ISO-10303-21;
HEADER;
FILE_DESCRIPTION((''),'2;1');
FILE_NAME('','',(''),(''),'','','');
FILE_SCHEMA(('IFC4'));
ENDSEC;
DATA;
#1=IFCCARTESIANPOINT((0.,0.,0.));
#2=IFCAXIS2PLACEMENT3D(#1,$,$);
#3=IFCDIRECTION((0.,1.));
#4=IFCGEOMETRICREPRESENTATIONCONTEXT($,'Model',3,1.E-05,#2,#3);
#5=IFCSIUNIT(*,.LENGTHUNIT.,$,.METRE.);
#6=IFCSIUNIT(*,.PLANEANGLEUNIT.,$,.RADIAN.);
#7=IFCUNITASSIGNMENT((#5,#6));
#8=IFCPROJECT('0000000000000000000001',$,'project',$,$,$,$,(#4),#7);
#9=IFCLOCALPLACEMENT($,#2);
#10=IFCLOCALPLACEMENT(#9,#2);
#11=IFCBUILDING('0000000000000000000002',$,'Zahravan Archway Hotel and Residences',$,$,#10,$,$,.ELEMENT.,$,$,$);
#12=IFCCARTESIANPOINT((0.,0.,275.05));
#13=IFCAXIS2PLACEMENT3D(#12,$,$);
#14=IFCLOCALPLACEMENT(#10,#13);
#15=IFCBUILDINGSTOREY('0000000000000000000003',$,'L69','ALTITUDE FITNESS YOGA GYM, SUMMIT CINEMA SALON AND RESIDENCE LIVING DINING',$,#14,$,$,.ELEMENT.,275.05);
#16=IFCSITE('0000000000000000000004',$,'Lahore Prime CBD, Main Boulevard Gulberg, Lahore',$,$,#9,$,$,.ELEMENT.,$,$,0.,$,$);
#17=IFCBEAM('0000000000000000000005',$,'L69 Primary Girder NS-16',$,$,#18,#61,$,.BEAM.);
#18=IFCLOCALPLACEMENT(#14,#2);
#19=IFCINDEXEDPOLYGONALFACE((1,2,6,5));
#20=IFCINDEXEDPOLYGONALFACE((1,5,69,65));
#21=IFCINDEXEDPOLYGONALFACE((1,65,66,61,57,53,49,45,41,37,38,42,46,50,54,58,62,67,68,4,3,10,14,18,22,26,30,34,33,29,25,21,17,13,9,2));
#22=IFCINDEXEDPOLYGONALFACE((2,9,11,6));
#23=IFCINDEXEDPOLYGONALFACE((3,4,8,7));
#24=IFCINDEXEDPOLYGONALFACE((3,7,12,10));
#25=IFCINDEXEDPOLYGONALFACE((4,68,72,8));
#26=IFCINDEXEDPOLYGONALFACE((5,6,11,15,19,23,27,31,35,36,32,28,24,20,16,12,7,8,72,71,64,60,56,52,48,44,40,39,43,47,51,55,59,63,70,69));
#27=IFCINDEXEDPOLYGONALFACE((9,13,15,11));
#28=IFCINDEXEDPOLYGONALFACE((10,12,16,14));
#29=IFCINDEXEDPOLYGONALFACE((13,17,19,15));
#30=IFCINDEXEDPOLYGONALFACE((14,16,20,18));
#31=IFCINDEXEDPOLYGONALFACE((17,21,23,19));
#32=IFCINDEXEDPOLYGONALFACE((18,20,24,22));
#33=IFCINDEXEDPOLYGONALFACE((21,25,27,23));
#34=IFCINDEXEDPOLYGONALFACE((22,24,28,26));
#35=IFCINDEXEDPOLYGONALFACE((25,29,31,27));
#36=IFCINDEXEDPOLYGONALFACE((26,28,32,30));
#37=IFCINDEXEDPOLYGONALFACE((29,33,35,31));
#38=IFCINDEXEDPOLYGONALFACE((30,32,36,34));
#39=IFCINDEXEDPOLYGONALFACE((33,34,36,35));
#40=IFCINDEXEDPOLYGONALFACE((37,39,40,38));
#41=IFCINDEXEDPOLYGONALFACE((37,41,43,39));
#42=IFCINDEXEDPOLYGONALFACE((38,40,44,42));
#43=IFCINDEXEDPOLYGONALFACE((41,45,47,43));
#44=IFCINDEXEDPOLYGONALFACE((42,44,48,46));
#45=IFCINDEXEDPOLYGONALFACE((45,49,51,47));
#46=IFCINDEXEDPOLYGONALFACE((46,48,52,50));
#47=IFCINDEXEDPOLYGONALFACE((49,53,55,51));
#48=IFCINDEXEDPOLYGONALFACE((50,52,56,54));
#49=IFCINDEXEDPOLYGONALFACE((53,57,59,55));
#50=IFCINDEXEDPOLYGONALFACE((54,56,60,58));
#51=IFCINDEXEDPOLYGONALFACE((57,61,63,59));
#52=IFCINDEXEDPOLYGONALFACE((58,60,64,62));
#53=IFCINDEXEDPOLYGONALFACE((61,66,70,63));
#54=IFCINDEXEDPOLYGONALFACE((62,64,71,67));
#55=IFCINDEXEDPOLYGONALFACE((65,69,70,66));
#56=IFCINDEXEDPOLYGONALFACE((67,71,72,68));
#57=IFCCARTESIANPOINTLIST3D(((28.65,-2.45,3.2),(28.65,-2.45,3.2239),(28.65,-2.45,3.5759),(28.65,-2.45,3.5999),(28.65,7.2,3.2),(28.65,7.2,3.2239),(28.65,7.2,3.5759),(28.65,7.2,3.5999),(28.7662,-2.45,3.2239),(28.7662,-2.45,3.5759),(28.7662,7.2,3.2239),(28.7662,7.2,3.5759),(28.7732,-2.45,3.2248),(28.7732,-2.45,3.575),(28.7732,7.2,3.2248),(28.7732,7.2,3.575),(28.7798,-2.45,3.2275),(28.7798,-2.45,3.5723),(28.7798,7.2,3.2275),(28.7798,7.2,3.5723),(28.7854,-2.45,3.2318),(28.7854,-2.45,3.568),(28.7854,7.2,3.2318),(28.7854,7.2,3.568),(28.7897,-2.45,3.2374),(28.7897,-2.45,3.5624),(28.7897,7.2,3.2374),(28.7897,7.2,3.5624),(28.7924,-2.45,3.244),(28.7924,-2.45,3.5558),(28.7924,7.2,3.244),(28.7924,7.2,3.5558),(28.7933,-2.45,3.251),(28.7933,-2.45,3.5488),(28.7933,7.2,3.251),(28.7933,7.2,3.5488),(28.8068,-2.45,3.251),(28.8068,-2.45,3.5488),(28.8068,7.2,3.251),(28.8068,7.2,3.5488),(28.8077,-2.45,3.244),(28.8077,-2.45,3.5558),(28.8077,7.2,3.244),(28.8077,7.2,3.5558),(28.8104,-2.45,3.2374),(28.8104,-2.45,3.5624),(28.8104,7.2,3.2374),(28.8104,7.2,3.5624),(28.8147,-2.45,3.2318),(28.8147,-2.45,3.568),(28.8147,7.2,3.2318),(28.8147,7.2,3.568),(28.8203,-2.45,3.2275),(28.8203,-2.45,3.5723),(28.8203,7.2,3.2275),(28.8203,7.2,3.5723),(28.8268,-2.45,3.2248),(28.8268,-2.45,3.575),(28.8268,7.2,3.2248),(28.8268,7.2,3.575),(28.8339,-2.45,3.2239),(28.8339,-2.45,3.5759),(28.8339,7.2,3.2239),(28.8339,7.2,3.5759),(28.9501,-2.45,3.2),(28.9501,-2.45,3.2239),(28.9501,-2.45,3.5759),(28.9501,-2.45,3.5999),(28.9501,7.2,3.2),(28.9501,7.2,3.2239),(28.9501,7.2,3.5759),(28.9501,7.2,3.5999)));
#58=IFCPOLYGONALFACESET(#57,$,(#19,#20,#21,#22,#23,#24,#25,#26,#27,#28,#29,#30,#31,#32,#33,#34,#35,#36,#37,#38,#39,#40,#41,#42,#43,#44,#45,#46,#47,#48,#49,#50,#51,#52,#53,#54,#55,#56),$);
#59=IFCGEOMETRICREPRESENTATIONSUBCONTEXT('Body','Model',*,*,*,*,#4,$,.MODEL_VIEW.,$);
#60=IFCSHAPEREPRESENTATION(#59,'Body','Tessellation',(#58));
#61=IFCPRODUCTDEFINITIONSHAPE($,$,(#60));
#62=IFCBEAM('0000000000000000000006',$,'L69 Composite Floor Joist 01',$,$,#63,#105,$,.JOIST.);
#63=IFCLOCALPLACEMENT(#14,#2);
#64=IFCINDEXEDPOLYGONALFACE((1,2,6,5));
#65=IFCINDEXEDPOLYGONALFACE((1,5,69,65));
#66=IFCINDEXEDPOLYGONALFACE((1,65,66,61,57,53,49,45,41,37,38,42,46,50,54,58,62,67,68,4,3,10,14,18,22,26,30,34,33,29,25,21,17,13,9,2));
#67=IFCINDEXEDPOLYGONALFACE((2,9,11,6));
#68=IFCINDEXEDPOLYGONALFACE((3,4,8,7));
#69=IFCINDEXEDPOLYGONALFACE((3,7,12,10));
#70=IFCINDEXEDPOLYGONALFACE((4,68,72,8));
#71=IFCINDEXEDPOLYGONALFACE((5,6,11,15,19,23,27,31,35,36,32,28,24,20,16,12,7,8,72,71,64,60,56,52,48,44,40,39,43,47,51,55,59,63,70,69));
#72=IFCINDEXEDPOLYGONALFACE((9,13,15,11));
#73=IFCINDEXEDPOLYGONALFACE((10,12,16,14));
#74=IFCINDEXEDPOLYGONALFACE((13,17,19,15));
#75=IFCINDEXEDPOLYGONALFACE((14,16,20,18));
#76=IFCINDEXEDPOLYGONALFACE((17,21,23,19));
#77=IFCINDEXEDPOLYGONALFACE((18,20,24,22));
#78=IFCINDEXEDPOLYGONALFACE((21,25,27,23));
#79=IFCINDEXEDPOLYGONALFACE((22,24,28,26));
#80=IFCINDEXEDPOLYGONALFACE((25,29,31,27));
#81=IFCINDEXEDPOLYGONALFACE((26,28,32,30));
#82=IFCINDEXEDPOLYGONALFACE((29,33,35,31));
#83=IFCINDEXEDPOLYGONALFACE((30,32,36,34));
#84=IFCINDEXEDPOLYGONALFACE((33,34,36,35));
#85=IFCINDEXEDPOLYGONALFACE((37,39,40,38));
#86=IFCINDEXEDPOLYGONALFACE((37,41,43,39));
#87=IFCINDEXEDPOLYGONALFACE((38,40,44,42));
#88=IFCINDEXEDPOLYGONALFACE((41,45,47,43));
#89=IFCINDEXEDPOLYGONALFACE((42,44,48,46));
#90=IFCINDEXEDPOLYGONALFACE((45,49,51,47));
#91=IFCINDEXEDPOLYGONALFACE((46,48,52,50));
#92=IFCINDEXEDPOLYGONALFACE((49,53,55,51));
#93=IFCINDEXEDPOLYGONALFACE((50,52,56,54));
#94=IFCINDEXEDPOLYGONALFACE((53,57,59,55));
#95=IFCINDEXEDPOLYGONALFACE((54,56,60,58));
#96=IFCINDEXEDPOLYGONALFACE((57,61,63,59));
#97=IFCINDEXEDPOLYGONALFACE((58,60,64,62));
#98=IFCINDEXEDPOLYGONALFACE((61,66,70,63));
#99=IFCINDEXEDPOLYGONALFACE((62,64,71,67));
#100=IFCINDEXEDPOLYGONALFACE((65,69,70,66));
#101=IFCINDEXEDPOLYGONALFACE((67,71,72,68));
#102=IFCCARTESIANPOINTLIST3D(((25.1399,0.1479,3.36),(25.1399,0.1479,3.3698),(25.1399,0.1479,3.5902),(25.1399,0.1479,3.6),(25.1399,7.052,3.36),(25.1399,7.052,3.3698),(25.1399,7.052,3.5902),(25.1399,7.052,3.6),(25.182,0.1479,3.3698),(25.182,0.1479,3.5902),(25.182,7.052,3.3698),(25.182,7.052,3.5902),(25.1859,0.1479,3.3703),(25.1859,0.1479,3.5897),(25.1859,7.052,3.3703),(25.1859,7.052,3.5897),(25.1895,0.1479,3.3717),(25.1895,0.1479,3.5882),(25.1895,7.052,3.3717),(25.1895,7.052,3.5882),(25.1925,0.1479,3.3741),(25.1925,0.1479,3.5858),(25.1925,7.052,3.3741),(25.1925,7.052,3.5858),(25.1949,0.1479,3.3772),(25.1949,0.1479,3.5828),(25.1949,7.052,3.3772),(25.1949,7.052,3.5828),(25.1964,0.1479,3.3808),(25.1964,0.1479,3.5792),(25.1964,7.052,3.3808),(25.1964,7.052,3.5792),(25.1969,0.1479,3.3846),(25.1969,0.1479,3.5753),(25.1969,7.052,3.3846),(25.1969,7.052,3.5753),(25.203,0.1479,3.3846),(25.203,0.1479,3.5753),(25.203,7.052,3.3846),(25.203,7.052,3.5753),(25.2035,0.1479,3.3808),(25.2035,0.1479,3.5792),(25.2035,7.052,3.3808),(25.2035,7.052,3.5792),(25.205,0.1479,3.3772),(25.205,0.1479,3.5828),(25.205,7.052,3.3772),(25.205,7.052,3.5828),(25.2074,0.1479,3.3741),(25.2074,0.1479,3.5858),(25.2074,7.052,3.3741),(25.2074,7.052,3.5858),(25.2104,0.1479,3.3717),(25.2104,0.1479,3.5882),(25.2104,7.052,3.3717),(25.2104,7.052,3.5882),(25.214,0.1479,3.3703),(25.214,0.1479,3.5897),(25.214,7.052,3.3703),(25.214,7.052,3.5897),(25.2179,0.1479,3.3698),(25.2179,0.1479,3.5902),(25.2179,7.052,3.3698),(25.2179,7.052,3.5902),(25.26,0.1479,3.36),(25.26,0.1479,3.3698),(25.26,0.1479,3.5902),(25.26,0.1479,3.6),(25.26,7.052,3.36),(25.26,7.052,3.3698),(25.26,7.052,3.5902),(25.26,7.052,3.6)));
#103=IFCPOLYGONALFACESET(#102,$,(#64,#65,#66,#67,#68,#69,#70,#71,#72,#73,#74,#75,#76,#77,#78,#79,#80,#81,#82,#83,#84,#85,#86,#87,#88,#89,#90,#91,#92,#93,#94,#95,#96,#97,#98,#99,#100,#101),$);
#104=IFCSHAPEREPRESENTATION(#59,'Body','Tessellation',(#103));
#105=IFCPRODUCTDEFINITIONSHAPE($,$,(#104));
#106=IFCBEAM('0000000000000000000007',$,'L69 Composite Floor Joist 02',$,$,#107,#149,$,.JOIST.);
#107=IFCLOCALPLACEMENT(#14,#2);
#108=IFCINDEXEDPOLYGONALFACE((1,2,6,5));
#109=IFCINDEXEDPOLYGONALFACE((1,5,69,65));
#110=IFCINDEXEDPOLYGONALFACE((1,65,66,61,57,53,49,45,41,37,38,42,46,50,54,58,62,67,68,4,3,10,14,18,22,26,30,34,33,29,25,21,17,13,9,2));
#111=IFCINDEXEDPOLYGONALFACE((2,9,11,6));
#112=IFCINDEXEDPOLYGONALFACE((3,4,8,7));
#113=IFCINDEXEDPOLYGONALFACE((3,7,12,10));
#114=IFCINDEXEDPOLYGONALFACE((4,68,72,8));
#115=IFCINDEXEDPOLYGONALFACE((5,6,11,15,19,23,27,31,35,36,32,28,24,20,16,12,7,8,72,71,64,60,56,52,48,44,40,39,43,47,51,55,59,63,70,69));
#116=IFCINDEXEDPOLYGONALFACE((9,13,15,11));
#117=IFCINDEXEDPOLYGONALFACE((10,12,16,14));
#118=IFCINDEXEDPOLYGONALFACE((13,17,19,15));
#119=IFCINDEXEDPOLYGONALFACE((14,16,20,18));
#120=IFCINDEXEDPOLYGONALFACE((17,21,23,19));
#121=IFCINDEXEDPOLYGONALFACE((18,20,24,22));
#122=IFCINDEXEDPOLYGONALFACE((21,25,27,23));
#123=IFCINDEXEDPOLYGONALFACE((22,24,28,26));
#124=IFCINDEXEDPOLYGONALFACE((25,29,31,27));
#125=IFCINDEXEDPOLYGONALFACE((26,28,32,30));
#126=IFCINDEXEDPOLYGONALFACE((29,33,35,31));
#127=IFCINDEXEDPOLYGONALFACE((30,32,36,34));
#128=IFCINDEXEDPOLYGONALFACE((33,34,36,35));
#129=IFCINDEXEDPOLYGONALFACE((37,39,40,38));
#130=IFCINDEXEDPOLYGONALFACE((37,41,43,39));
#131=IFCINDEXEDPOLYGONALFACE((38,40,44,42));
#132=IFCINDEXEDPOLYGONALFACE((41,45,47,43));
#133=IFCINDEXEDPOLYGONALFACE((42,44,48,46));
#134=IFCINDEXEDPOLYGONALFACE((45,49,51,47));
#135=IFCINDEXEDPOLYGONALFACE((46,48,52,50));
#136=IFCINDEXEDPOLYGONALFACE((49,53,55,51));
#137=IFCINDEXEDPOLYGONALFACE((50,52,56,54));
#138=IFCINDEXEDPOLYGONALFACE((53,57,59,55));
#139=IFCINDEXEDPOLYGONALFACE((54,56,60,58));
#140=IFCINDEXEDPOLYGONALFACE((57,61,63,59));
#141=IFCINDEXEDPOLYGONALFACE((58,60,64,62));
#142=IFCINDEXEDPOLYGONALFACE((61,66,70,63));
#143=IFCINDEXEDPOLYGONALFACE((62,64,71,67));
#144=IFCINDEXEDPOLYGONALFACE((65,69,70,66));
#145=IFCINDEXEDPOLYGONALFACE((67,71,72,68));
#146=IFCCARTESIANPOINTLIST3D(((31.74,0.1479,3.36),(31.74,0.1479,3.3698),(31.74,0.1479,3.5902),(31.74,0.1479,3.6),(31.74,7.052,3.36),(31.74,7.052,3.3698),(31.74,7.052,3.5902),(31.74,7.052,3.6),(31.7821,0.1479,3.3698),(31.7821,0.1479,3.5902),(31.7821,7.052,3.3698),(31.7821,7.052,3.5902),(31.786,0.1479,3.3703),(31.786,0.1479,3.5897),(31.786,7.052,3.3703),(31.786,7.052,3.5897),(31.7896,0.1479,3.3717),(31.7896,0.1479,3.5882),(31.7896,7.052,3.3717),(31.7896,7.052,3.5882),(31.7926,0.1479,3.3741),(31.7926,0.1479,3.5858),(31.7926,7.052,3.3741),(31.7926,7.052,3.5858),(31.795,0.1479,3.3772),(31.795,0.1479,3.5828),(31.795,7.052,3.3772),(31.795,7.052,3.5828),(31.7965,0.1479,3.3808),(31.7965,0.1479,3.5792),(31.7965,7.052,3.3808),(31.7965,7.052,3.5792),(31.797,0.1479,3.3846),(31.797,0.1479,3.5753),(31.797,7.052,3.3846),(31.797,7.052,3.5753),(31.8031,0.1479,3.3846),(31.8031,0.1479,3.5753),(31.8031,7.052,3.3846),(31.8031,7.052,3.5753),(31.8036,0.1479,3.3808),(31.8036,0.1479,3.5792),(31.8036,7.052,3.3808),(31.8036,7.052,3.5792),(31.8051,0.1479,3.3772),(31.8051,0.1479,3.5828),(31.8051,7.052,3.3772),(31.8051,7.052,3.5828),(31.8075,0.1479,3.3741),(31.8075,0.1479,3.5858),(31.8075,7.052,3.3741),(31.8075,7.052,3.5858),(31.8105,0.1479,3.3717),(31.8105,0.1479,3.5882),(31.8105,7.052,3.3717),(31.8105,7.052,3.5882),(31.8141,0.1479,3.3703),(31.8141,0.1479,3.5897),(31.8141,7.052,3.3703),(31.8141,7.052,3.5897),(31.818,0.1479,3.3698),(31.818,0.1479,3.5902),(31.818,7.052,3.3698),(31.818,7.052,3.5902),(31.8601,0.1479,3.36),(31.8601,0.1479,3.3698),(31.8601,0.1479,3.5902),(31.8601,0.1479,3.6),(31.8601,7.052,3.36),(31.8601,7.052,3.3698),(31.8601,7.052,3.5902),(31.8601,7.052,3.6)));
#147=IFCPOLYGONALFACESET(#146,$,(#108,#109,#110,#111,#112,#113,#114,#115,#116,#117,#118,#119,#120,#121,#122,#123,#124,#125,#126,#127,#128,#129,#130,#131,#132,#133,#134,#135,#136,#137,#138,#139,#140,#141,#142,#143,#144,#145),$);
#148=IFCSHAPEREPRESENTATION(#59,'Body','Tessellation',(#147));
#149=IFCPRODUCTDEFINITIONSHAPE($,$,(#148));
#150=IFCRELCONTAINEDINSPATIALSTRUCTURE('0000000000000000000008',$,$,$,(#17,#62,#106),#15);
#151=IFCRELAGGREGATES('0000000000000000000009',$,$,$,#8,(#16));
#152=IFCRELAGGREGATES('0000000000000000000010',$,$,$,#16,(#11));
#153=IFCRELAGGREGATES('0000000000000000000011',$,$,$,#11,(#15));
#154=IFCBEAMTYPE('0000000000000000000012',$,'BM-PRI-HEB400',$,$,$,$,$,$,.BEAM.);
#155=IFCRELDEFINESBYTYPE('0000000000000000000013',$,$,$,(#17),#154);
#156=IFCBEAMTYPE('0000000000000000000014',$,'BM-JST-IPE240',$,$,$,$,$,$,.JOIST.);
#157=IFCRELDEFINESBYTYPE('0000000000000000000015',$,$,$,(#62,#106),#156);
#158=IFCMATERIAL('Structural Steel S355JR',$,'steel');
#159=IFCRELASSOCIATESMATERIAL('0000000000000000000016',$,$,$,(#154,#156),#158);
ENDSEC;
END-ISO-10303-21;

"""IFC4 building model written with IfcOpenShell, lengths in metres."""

from ifc_helpers import new_model, si_unit, direction, frame, origin, origin_2d, place, context, subcontext, project, spatial, i_section, extrude, source, transform, mapped, material, material_profile, profile_set, type_object, type_shapes, element, save


model = new_model("IFC4")

# Units and contexts
model_context = context("Model", 3, precision=1e-05, world=origin(), true_north=direction((0.0, 1.0)))
body_context = subcontext(model_context, "Body", "Model", "MODEL_VIEW")
ifc_project = project(units=[si_unit("LENGTHUNIT", "METRE"), si_unit("PLANEANGLEUNIT", "RADIAN")], contexts=[model_context])

# Site, building, storey
site_placement = place(None, origin())
site = spatial("IfcSite", under=ifc_project, at=site_placement, Name="Lahore Prime CBD, Main Boulevard Gulberg, Lahore", CompositionType="ELEMENT", RefElevation=0.0)
building_placement = place(site_placement, origin())
building = spatial("IfcBuilding", under=site, at=building_placement, Name="Zahravan Archway Hotel and Residences", CompositionType="ELEMENT")
storey_placement = place(building_placement, frame((0.0, 0.0, 275.05)))
storey = spatial("IfcBuildingStorey", under=building, at=storey_placement, Name="L69", Description="ALTITUDE FITNESS YOGA GYM, SUMMIT CINEMA SALON AND RESIDENCE LIVING DINING", CompositionType="ELEMENT", Elevation=275.05)

# Beams
ifc_material_1 = material(Name="Structural Steel S355JR", Category="steel")
ifc_material_profile_1 = material_profile(ifc_material_1, i_section(OverallWidth=0.3, OverallDepth=0.3999, WebThickness=0.0134, FlangeThickness=0.0239, FilletRadius=0.0271, at=origin_2d()), Name="HEB 400", Category="steel")
ifc_profile_set_1 = profile_set([ifc_material_profile_1], Name="Structural Steel S355JR")
beam_type_1 = type_object("IfcBeamType", Name="BM-PRI-HEB400", PredefinedType="BEAM", material=ifc_profile_set_1)
shared_shape_1 = source(origin(), body_context, "Body", "SweptSolid", [
    extrude(i_section(OverallWidth=0.3, OverallDepth=0.3999, WebThickness=0.0134, FlangeThickness=0.0239, FilletRadius=0.0271, at=origin_2d()), origin(), (0.0, 0.0, 1.0), 9.6499),
])
beam_1_placement = place(storey_placement, frame((28.8, -2.45, 3.3999), z_axis=(0.0, 1.0, 0.0), x_axis=(-1.0, 0.0, 0.0)))
element("IfcBeam", 1, at=beam_1_placement, inside=storey, type_object=beam_type_1, Name="L69 Primary Girder NS-16", PredefinedType="BEAM", context=body_context, shape_type="MappedRepresentation", body=[
    mapped(shared_shape_1, transform((0.0, 0.0, 0.0), scale=1.0)),
])
ifc_material_profile_2 = material_profile(ifc_material_1, i_section(OverallWidth=0.1201, OverallDepth=0.24, WebThickness=0.0061, FlangeThickness=0.0098, FilletRadius=0.0149, at=origin_2d()), Name="IPE 240", Category="steel")
ifc_profile_set_2 = profile_set([ifc_material_profile_2], Name="Structural Steel S355JR")
beam_type_2 = type_object("IfcBeamType", Name="BM-JST-IPE240", PredefinedType="JOIST", material=ifc_profile_set_2)
shared_shape_2 = source(origin(), body_context, "Body", "SweptSolid", [
    extrude(i_section(OverallWidth=0.1201, OverallDepth=0.24, WebThickness=0.0061, FlangeThickness=0.0098, FilletRadius=0.0149, at=origin_2d()), origin(), (0.0, 0.0, 1.0), 6.9041),
])
type_shapes(beam_type_2, [shared_shape_2])
for number, where, z_axis, x_axis, name in (
    (2, (25.2, 0.1479, 3.48), (0.0, 1.0, 0.0), (-1.0, 0.0, 0.0), "L69 Composite Floor Joist 01"),
    (3, (31.8, 0.1479, 3.48), (0.0, 1.0, 0.0), (-1.0, 0.0, 0.0), "L69 Composite Floor Joist 02"),
):
    element("IfcBeam", number, at=place(storey_placement, frame(where, z_axis=z_axis, x_axis=x_axis)), inside=storey, type_object=beam_type_2, Name=name, PredefinedType="JOIST", context=body_context, shape_type="MappedRepresentation", body=[
        mapped(shared_shape_2, transform((0.0, 0.0, 0.0), scale=1.0)),
    ])

save(model, "model.ifc")
